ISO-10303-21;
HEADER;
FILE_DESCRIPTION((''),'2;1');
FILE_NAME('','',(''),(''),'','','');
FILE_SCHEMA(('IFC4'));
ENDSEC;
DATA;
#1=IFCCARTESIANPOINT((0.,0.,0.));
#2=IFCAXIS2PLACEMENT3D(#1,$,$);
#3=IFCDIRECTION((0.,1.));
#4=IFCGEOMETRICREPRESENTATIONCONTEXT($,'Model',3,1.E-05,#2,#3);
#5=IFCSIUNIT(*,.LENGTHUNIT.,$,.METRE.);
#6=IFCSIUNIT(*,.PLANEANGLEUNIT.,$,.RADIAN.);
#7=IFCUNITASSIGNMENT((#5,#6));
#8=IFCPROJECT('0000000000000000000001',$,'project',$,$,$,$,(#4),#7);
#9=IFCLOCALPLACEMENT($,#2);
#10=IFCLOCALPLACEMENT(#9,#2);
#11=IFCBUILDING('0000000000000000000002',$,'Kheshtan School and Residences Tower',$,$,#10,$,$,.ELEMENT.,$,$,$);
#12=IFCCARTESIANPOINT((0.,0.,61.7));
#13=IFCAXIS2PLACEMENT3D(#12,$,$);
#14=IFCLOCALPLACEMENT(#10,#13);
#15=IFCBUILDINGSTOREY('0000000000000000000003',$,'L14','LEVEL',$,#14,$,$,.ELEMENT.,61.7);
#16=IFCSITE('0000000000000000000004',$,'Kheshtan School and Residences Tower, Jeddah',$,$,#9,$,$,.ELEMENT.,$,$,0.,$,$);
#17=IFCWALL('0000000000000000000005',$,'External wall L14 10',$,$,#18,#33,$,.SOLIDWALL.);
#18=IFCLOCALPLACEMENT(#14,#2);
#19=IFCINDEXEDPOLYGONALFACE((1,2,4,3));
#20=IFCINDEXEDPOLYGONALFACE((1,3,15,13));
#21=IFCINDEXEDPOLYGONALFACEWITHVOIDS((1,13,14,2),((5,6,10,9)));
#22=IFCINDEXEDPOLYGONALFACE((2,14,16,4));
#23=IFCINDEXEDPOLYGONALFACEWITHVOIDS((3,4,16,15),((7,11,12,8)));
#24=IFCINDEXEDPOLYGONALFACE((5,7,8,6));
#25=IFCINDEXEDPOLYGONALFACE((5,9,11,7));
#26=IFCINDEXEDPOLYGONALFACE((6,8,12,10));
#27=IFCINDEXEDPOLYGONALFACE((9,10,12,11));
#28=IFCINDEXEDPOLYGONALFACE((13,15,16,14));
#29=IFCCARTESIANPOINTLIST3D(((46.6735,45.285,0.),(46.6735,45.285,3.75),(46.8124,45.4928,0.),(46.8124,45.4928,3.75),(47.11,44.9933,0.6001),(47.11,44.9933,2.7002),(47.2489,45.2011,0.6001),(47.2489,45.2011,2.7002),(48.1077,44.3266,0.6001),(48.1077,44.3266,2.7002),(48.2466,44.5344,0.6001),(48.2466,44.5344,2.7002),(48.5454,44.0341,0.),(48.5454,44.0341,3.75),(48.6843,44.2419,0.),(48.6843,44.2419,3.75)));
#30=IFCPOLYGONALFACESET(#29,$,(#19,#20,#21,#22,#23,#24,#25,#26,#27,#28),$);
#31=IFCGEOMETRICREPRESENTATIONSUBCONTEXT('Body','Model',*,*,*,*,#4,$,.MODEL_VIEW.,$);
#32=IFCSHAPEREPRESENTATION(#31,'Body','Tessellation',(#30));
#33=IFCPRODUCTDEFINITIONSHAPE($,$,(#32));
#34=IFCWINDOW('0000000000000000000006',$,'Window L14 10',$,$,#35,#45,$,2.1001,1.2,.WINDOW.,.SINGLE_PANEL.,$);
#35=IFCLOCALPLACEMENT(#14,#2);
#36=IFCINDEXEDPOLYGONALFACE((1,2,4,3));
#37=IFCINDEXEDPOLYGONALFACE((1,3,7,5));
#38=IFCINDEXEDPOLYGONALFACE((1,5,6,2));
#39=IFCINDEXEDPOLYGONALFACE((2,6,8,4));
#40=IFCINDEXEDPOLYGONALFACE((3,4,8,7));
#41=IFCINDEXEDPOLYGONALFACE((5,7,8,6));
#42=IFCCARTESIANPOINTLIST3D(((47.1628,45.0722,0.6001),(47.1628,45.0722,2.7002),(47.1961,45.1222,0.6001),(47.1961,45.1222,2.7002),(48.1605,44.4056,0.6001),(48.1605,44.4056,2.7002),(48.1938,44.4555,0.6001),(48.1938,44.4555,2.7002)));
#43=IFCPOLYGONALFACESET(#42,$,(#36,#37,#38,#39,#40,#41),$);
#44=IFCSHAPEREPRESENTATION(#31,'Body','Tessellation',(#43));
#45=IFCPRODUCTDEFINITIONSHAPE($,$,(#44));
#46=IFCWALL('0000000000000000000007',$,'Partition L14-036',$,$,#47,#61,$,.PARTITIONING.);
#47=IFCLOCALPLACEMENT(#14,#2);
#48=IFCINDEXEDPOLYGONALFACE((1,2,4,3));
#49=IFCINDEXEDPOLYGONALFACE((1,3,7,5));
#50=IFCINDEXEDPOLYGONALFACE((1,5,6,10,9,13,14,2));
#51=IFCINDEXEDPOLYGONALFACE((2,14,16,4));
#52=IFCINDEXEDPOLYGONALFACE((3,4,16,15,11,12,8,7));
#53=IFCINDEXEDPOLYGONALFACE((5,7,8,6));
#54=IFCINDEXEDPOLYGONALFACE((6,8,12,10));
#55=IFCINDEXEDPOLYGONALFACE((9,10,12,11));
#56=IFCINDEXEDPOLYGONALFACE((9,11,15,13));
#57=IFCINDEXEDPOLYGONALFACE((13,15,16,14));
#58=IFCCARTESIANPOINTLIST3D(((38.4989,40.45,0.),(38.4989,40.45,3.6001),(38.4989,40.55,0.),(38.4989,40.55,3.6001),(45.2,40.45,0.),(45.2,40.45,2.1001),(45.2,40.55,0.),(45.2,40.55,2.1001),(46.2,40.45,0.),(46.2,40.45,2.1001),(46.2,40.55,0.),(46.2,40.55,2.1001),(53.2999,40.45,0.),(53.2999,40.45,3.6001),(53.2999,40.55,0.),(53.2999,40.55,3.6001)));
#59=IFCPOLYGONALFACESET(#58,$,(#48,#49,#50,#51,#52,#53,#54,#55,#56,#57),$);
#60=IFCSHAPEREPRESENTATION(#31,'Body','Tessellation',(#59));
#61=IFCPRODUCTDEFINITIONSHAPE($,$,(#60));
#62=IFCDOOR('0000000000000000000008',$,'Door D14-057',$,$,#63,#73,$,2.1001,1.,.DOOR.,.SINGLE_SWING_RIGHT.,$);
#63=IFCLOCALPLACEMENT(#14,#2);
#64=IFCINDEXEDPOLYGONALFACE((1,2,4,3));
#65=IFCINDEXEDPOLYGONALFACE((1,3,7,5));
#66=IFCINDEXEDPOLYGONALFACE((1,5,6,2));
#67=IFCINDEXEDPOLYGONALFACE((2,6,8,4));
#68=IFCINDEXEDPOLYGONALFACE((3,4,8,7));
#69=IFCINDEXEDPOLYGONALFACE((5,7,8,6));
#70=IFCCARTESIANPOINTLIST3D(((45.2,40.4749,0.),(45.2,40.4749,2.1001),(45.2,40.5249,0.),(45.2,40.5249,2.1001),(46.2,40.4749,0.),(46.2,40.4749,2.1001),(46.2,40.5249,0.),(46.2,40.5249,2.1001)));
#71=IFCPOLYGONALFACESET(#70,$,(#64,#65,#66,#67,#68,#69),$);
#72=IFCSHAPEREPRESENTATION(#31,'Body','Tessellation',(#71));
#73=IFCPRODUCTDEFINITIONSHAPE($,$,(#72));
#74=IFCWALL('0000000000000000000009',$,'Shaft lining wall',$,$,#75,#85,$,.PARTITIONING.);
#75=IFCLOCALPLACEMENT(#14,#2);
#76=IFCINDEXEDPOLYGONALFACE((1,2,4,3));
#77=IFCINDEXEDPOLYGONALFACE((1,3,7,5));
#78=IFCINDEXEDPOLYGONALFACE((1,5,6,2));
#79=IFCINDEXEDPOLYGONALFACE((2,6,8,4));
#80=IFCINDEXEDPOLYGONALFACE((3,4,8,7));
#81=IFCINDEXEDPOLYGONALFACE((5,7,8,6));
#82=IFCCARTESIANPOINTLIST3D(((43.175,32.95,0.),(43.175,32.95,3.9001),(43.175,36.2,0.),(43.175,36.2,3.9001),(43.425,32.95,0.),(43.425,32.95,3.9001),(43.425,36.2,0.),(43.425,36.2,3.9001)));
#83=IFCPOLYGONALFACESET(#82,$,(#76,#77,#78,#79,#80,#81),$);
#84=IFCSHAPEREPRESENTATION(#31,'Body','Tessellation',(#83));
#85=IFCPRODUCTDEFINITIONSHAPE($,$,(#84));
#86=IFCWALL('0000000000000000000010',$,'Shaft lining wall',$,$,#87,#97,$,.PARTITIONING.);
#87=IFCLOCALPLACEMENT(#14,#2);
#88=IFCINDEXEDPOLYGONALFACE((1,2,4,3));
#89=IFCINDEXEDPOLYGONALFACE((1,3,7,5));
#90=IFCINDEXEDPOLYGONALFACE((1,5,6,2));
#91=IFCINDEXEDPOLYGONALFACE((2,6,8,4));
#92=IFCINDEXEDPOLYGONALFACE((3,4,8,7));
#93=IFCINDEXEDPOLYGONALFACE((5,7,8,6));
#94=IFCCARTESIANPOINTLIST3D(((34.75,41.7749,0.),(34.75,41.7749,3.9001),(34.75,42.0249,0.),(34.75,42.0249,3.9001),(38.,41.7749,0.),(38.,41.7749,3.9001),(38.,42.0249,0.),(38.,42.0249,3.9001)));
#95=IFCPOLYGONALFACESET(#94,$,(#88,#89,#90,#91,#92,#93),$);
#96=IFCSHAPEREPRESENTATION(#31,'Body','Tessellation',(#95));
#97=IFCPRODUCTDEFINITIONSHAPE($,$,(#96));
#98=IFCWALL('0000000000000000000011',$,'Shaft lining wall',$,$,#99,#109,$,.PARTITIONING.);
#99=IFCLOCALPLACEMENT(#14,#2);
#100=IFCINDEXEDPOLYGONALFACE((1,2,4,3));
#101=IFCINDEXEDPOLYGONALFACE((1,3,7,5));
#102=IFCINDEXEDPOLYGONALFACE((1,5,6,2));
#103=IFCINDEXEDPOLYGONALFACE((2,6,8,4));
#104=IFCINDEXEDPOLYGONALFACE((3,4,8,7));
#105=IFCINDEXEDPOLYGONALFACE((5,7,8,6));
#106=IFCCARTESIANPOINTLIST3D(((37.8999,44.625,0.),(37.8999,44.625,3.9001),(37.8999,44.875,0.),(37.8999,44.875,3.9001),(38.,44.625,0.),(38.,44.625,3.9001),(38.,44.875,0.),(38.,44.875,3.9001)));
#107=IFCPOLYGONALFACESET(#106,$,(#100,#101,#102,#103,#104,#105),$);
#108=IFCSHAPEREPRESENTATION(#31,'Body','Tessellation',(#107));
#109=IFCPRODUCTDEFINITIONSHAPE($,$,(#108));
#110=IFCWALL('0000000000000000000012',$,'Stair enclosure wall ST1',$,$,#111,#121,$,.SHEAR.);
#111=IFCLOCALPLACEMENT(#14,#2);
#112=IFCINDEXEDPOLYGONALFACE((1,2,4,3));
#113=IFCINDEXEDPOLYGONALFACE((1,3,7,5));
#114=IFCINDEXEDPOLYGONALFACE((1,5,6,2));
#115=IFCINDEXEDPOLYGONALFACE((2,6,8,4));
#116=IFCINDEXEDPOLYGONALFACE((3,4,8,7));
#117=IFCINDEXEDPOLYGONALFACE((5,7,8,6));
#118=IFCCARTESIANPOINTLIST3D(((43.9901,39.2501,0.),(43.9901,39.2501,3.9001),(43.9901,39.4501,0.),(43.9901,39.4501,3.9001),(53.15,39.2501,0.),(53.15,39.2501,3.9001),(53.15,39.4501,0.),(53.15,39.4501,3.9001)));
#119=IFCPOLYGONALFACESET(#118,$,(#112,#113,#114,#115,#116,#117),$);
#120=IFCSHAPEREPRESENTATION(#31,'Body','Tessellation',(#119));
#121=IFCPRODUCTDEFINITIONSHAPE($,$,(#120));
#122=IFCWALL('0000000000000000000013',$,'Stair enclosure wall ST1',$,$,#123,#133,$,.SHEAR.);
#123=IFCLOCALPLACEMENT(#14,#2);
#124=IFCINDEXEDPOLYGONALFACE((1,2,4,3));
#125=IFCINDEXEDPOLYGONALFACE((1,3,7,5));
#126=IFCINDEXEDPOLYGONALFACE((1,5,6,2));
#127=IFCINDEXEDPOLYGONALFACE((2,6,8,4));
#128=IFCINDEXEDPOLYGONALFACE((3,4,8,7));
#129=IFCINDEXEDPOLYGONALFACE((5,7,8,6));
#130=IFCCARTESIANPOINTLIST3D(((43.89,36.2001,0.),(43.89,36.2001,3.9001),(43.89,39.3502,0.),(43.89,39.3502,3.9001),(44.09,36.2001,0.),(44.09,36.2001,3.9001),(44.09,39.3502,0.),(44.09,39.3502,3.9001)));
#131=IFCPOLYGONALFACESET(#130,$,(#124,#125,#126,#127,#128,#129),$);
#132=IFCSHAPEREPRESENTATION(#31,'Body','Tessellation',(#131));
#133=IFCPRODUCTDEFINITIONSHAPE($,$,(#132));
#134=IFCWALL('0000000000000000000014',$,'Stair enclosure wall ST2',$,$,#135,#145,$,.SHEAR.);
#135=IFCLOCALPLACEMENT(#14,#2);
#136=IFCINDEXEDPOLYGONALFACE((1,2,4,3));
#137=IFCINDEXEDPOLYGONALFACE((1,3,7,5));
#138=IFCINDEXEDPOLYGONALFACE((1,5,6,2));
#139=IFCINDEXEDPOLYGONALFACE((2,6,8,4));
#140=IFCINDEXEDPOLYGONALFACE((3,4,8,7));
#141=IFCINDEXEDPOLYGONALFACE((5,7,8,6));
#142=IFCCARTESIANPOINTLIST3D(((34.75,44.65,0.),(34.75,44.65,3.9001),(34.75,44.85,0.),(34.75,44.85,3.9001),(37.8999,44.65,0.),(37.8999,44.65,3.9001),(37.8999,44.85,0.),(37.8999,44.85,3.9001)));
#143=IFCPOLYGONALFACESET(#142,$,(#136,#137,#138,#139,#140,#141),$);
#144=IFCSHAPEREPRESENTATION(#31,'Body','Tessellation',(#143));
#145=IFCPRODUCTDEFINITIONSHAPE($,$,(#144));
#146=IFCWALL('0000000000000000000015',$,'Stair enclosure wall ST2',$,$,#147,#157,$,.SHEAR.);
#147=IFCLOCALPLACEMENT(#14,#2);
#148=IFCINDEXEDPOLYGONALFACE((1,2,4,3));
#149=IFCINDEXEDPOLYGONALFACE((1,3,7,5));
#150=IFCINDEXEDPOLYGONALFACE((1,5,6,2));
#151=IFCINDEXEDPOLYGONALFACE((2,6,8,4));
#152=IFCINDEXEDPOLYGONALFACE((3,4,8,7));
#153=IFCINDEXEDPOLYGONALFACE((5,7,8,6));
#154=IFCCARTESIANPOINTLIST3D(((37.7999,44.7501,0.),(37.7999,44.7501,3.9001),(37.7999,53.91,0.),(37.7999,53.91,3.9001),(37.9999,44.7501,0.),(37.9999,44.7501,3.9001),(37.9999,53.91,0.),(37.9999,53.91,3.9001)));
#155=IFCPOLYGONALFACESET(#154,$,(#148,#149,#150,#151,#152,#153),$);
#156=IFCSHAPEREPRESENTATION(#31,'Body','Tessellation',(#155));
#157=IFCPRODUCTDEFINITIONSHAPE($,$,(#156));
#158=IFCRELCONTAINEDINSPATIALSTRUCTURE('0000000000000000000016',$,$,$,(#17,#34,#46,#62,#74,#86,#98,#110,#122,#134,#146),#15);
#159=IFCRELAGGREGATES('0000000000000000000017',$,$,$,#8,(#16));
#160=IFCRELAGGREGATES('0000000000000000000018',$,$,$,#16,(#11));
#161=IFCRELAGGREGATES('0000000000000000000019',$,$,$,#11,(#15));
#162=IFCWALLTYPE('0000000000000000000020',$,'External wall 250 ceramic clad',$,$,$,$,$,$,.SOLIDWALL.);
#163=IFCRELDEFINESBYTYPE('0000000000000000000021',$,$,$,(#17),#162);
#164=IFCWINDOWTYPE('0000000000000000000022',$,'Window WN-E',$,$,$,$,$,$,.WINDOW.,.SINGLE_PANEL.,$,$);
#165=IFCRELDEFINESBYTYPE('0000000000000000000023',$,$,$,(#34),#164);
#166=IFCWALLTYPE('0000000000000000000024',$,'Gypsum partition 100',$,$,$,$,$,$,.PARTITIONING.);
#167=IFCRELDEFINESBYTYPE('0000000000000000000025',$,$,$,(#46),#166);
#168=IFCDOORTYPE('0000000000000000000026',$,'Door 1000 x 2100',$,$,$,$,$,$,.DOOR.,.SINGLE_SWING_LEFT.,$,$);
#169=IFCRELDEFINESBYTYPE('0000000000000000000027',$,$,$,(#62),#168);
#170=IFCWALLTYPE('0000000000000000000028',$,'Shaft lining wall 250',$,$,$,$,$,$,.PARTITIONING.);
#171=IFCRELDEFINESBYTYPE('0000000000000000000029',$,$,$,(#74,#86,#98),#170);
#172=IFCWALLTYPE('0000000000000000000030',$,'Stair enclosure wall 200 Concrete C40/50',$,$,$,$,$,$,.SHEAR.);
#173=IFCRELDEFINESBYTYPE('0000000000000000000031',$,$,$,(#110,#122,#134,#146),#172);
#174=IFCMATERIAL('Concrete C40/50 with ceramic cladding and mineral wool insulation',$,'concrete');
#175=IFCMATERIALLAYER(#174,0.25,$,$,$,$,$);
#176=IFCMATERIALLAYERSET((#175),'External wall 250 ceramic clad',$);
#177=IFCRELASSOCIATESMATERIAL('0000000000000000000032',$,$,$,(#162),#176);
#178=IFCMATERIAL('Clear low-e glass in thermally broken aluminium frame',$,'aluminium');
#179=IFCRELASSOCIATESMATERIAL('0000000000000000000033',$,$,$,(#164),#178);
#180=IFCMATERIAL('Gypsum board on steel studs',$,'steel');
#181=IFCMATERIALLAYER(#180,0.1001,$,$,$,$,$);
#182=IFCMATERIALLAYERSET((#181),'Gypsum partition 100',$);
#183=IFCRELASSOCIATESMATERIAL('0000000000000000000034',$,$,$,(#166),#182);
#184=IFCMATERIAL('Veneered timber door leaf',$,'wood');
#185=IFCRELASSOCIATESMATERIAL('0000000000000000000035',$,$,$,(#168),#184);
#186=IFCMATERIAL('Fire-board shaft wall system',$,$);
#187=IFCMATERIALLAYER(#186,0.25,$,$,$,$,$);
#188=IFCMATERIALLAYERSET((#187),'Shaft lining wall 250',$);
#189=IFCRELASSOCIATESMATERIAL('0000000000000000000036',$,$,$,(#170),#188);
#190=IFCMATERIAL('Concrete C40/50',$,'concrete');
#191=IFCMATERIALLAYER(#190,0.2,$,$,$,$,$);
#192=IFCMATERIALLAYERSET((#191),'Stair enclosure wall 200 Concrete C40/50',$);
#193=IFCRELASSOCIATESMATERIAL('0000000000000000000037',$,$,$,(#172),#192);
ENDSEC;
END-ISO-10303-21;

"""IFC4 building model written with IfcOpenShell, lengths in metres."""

from ifc_helpers import new_model, si_unit, direction, frame, frame_2d, origin, place, context, subcontext, project, spatial, rectangle, extrude, source, transform, mapped, material, layer, layer_set, type_object, element, fill, save


model = new_model("IFC4")

# Units and contexts
model_context = context("Model", 3, precision=1e-05, world=origin(), true_north=direction((0.0, 1.0)))
body_context = subcontext(model_context, "Body", "Model", "MODEL_VIEW")
ifc_project = project(units=[si_unit("LENGTHUNIT", "METRE"), si_unit("PLANEANGLEUNIT", "RADIAN")], contexts=[model_context])

# Site, building, storey
site_placement = place(None, origin())
site = spatial("IfcSite", under=ifc_project, at=site_placement, Name="Kheshtan School and Residences Tower, Jeddah", CompositionType="ELEMENT", RefElevation=0.0)
building_placement = place(site_placement, origin())
building = spatial("IfcBuilding", under=site, at=building_placement, Name="Kheshtan School and Residences Tower", CompositionType="ELEMENT")
storey_placement = place(building_placement, frame((0.0, 0.0, 61.7)))
storey = spatial("IfcBuildingStorey", under=building, at=storey_placement, Name="L14", Description="LEVEL", CompositionType="ELEMENT", Elevation=61.7)

# Wall, opening, window
ifc_material_1 = material(Name="Concrete C40/50 with ceramic cladding and mineral wool insulation", Category="concrete")
ifc_layer_1 = layer(ifc_material_1, 0.25)
ifc_layer_set_1 = layer_set([ifc_layer_1], Name="External wall 250 ceramic clad")
wall_type_1 = type_object("IfcWallType", Name="External wall 250 ceramic clad", PredefinedType="SOLIDWALL", material=ifc_layer_set_1)
wall_1_placement = place(storey_placement, frame((46.7429, 45.3889, 0.0), z_axis=(0.0, 0.0, 1.0), x_axis=(0.831449, -0.555601, 0.0)))
wall_1 = element("IfcWall", 1, at=wall_1_placement, inside=storey, type_object=wall_type_1, Name="External wall L14 10", PredefinedType="SOLIDWALL", context=body_context, shape_type="SweptSolid", body=[
    extrude(rectangle(XDim=2.2515, YDim=0.25, at=frame_2d((1.1257, 0.0))), origin(), (0.0, 0.0, 1.0), 3.75),
])
opening_1_placement = place(wall_1_placement, frame((0.5249, 0.0, 0.6001)))
opening_1 = element("IfcOpeningElement", 2, at=opening_1_placement, cuts=wall_1, PredefinedType="OPENING", context=body_context, shape_type="SweptSolid", body=[
    extrude(rectangle(XDim=1.2, YDim=2.1001, at=frame_2d((0.6001, 1.05))), frame((0.0, 0.135, 0.0), z_axis=(0.0, -1.0, 0.0), x_axis=(1.0, 0.0, 0.0)), (0.0, 0.0, 1.0), 0.27),
])
ifc_material_2 = material(Name="Clear low-e glass in thermally broken aluminium frame", Category="aluminium")
window_type = type_object("IfcWindowType", Name="Window WN-E", PartitioningType="SINGLE_PANEL", PredefinedType="WINDOW", material=ifc_material_2)
shared_shape_1 = source(origin(), body_context, "Body", "SweptSolid", [
    extrude(rectangle(XDim=1.2, YDim=2.1001, at=frame_2d((0.6001, 1.05))), frame((0.0, 0.03, 0.0), z_axis=(0.0, -1.0, 0.0), x_axis=(1.0, 0.0, 0.0)), (0.0, 0.0, 1.0), 0.0601),
])
window_placement = place(opening_1_placement, origin())
window = element("IfcWindow", 3, at=window_placement, inside=storey, type_object=window_type, Name="Window L14 10", OverallHeight=2.1001, OverallWidth=1.2, PartitioningType="SINGLE_PANEL", PredefinedType="WINDOW", context=body_context, shape_type="MappedRepresentation", body=[
    mapped(shared_shape_1, transform((0.0, 0.0, 0.0), x_axis=(1.0, 0.0, 0.0), y_axis=(0.0, 1.0, 0.0), z_axis=(0.0, 0.0, 1.0), scale=1.0)),
])
fill(opening_1, window)

# Wall, opening, door
ifc_material_3 = material(Name="Gypsum board on steel studs", Category="steel")
ifc_layer_2 = layer(ifc_material_3, 0.1001)
ifc_layer_set_2 = layer_set([ifc_layer_2], Name="Gypsum partition 100")
wall_type_2 = type_object("IfcWallType", Name="Gypsum partition 100", PredefinedType="PARTITIONING", material=ifc_layer_set_2)
wall_2_placement = place(storey_placement, frame((38.499, 40.5, 0.0), z_axis=(0.0, 0.0, 1.0), x_axis=(1.0, 0.0, 0.0)))
wall_2 = element("IfcWall", 4, at=wall_2_placement, inside=storey, type_object=wall_type_2, Name="Partition L14-036", PredefinedType="PARTITIONING", context=body_context, shape_type="SweptSolid", body=[
    extrude(rectangle(XDim=14.801, YDim=0.1001, at=frame_2d((7.4004, 0.0))), origin(), (0.0, 0.0, 1.0), 3.6001),
])
opening_2_placement = place(wall_2_placement, frame((6.7009, 0.0, 0.0)))
opening_2 = element("IfcOpeningElement", 5, at=opening_2_placement, cuts=wall_2, PredefinedType="OPENING", context=body_context, shape_type="SweptSolid", body=[
    extrude(rectangle(XDim=1.0, YDim=2.1001, at=frame_2d((0.5, 1.05))), frame((0.0, 0.0601, 0.0), z_axis=(0.0, -1.0, 0.0), x_axis=(1.0, 0.0, 0.0)), (0.0, 0.0, 1.0), 0.1201),
])
ifc_material_4 = material(Name="Veneered timber door leaf", Category="wood")
door_type_1 = type_object("IfcDoorType", Name="Door 1000 x 2100", OperationType="SINGLE_SWING_LEFT", PredefinedType="DOOR", material=ifc_material_4)
shared_shape_2 = source(origin(), body_context, "Body", "SweptSolid", [
    extrude(rectangle(XDim=1.0, YDim=2.1001, at=frame_2d((0.5, 1.05))), frame((0.0, 0.0249, 0.0), z_axis=(0.0, -1.0, 0.0), x_axis=(1.0, 0.0, 0.0)), (0.0, 0.0, 1.0), 0.05),
])
door_1_placement = place(opening_2_placement, origin())
door_1 = element("IfcDoor", 6, at=door_1_placement, inside=storey, type_object=door_type_1, Name="Door D14-057", OperationType="SINGLE_SWING_RIGHT", OverallHeight=2.1001, OverallWidth=1.0, PredefinedType="DOOR", context=body_context, shape_type="MappedRepresentation", body=[
    mapped(shared_shape_2, transform((0.0, 0.0, 0.0), x_axis=(1.0, 0.0, 0.0), y_axis=(0.0, 1.0, 0.0), z_axis=(0.0, 0.0, 1.0), scale=1.0)),
])
fill(opening_2, door_1)

# Walls
ifc_material_5 = material(Name="Fire-board shaft wall system")
ifc_layer_3 = layer(ifc_material_5, 0.25)
ifc_layer_set_3 = layer_set([ifc_layer_3], Name="Shaft lining wall 250")
wall_type_3 = type_object("IfcWallType", Name="Shaft lining wall 250", PredefinedType="PARTITIONING", material=ifc_layer_set_3)
for number, where, z_axis, x_axis, name in (
    (7, (43.3, 32.95, 0.0), (0.0, 0.0, 1.0), (0.0, 1.0, 0.0), "Shaft lining wall"),
    (8, (34.75, 41.8999, 0.0), (0.0, 0.0, 1.0), (1.0, 0.0, 0.0), "Shaft lining wall"),
):
    element("IfcWall", number, at=place(storey_placement, frame(where, z_axis=z_axis, x_axis=x_axis)), inside=storey, type_object=wall_type_3, Name=name, PredefinedType="PARTITIONING", context=body_context, shape_type="SweptSolid", body=[
        extrude(rectangle(XDim=3.25, YDim=0.25, at=frame_2d((1.625, 0.0))), origin(), (0.0, 0.0, 1.0), 3.9001),
    ])
wall_3_placement = place(storey_placement, frame((37.8999, 44.75, 0.0), z_axis=(0.0, 0.0, 1.0), x_axis=(1.0, 0.0, 0.0)))
element("IfcWall", 9, at=wall_3_placement, inside=storey, type_object=wall_type_3, Name="Shaft lining wall", PredefinedType="PARTITIONING", context=body_context, shape_type="SweptSolid", body=[
    extrude(rectangle(XDim=0.1001, YDim=0.25, at=frame_2d((0.05, 0.0))), origin(), (0.0, 0.0, 1.0), 3.9001),
])
ifc_material_6 = material(Name="Concrete C40/50", Category="concrete")
ifc_layer_4 = layer(ifc_material_6, 0.2)
ifc_layer_set_4 = layer_set([ifc_layer_4], Name="Stair enclosure wall 200 Concrete C40/50")
wall_type_4 = type_object("IfcWallType", Name="Stair enclosure wall 200 Concrete C40/50", PredefinedType="SHEAR", material=ifc_layer_set_4)
wall_4_placement = place(storey_placement, frame((43.99, 39.3501, 0.0), z_axis=(0.0, 0.0, 1.0), x_axis=(1.0, 0.0, 0.0)))
element("IfcWall", 10, at=wall_4_placement, inside=storey, type_object=wall_type_4, Name="Stair enclosure wall ST1", PredefinedType="SHEAR", context=body_context, shape_type="SweptSolid", body=[
    extrude(rectangle(XDim=9.1599, YDim=0.2, at=frame_2d((4.5801, 0.0))), origin(), (0.0, 0.0, 1.0), 3.9001),
])
wall_5_placement = place(storey_placement, frame((43.99, 36.2, 0.0), z_axis=(0.0, 0.0, 1.0), x_axis=(0.0, 1.0, 0.0)))
element("IfcWall", 11, at=wall_5_placement, inside=storey, type_object=wall_type_4, Name="Stair enclosure wall ST1", PredefinedType="SHEAR", context=body_context, shape_type="SweptSolid", body=[
    extrude(rectangle(XDim=3.1501, YDim=0.2, at=frame_2d((1.5752, 0.0))), origin(), (0.0, 0.0, 1.0), 3.9001),
])
wall_6_placement = place(storey_placement, frame((34.75, 44.75, 0.0), z_axis=(0.0, 0.0, 1.0), x_axis=(1.0, 0.0, 0.0)))
element("IfcWall", 12, at=wall_6_placement, inside=storey, type_object=wall_type_4, Name="Stair enclosure wall ST2", PredefinedType="SHEAR", context=body_context, shape_type="SweptSolid", body=[
    extrude(rectangle(XDim=3.1499, YDim=0.2, at=frame_2d((1.575, 0.0))), origin(), (0.0, 0.0, 1.0), 3.9001),
])
wall_7_placement = place(storey_placement, frame((37.8999, 44.75, 0.0), z_axis=(0.0, 0.0, 1.0), x_axis=(0.0, 1.0, 0.0)))
element("IfcWall", 13, at=wall_7_placement, inside=storey, type_object=wall_type_4, Name="Stair enclosure wall ST2", PredefinedType="SHEAR", context=body_context, shape_type="SweptSolid", body=[
    extrude(rectangle(XDim=9.1599, YDim=0.2, at=frame_2d((4.5801, 0.0))), origin(), (0.0, 0.0, 1.0), 3.9001),
])

save(model, "model.ifc")
